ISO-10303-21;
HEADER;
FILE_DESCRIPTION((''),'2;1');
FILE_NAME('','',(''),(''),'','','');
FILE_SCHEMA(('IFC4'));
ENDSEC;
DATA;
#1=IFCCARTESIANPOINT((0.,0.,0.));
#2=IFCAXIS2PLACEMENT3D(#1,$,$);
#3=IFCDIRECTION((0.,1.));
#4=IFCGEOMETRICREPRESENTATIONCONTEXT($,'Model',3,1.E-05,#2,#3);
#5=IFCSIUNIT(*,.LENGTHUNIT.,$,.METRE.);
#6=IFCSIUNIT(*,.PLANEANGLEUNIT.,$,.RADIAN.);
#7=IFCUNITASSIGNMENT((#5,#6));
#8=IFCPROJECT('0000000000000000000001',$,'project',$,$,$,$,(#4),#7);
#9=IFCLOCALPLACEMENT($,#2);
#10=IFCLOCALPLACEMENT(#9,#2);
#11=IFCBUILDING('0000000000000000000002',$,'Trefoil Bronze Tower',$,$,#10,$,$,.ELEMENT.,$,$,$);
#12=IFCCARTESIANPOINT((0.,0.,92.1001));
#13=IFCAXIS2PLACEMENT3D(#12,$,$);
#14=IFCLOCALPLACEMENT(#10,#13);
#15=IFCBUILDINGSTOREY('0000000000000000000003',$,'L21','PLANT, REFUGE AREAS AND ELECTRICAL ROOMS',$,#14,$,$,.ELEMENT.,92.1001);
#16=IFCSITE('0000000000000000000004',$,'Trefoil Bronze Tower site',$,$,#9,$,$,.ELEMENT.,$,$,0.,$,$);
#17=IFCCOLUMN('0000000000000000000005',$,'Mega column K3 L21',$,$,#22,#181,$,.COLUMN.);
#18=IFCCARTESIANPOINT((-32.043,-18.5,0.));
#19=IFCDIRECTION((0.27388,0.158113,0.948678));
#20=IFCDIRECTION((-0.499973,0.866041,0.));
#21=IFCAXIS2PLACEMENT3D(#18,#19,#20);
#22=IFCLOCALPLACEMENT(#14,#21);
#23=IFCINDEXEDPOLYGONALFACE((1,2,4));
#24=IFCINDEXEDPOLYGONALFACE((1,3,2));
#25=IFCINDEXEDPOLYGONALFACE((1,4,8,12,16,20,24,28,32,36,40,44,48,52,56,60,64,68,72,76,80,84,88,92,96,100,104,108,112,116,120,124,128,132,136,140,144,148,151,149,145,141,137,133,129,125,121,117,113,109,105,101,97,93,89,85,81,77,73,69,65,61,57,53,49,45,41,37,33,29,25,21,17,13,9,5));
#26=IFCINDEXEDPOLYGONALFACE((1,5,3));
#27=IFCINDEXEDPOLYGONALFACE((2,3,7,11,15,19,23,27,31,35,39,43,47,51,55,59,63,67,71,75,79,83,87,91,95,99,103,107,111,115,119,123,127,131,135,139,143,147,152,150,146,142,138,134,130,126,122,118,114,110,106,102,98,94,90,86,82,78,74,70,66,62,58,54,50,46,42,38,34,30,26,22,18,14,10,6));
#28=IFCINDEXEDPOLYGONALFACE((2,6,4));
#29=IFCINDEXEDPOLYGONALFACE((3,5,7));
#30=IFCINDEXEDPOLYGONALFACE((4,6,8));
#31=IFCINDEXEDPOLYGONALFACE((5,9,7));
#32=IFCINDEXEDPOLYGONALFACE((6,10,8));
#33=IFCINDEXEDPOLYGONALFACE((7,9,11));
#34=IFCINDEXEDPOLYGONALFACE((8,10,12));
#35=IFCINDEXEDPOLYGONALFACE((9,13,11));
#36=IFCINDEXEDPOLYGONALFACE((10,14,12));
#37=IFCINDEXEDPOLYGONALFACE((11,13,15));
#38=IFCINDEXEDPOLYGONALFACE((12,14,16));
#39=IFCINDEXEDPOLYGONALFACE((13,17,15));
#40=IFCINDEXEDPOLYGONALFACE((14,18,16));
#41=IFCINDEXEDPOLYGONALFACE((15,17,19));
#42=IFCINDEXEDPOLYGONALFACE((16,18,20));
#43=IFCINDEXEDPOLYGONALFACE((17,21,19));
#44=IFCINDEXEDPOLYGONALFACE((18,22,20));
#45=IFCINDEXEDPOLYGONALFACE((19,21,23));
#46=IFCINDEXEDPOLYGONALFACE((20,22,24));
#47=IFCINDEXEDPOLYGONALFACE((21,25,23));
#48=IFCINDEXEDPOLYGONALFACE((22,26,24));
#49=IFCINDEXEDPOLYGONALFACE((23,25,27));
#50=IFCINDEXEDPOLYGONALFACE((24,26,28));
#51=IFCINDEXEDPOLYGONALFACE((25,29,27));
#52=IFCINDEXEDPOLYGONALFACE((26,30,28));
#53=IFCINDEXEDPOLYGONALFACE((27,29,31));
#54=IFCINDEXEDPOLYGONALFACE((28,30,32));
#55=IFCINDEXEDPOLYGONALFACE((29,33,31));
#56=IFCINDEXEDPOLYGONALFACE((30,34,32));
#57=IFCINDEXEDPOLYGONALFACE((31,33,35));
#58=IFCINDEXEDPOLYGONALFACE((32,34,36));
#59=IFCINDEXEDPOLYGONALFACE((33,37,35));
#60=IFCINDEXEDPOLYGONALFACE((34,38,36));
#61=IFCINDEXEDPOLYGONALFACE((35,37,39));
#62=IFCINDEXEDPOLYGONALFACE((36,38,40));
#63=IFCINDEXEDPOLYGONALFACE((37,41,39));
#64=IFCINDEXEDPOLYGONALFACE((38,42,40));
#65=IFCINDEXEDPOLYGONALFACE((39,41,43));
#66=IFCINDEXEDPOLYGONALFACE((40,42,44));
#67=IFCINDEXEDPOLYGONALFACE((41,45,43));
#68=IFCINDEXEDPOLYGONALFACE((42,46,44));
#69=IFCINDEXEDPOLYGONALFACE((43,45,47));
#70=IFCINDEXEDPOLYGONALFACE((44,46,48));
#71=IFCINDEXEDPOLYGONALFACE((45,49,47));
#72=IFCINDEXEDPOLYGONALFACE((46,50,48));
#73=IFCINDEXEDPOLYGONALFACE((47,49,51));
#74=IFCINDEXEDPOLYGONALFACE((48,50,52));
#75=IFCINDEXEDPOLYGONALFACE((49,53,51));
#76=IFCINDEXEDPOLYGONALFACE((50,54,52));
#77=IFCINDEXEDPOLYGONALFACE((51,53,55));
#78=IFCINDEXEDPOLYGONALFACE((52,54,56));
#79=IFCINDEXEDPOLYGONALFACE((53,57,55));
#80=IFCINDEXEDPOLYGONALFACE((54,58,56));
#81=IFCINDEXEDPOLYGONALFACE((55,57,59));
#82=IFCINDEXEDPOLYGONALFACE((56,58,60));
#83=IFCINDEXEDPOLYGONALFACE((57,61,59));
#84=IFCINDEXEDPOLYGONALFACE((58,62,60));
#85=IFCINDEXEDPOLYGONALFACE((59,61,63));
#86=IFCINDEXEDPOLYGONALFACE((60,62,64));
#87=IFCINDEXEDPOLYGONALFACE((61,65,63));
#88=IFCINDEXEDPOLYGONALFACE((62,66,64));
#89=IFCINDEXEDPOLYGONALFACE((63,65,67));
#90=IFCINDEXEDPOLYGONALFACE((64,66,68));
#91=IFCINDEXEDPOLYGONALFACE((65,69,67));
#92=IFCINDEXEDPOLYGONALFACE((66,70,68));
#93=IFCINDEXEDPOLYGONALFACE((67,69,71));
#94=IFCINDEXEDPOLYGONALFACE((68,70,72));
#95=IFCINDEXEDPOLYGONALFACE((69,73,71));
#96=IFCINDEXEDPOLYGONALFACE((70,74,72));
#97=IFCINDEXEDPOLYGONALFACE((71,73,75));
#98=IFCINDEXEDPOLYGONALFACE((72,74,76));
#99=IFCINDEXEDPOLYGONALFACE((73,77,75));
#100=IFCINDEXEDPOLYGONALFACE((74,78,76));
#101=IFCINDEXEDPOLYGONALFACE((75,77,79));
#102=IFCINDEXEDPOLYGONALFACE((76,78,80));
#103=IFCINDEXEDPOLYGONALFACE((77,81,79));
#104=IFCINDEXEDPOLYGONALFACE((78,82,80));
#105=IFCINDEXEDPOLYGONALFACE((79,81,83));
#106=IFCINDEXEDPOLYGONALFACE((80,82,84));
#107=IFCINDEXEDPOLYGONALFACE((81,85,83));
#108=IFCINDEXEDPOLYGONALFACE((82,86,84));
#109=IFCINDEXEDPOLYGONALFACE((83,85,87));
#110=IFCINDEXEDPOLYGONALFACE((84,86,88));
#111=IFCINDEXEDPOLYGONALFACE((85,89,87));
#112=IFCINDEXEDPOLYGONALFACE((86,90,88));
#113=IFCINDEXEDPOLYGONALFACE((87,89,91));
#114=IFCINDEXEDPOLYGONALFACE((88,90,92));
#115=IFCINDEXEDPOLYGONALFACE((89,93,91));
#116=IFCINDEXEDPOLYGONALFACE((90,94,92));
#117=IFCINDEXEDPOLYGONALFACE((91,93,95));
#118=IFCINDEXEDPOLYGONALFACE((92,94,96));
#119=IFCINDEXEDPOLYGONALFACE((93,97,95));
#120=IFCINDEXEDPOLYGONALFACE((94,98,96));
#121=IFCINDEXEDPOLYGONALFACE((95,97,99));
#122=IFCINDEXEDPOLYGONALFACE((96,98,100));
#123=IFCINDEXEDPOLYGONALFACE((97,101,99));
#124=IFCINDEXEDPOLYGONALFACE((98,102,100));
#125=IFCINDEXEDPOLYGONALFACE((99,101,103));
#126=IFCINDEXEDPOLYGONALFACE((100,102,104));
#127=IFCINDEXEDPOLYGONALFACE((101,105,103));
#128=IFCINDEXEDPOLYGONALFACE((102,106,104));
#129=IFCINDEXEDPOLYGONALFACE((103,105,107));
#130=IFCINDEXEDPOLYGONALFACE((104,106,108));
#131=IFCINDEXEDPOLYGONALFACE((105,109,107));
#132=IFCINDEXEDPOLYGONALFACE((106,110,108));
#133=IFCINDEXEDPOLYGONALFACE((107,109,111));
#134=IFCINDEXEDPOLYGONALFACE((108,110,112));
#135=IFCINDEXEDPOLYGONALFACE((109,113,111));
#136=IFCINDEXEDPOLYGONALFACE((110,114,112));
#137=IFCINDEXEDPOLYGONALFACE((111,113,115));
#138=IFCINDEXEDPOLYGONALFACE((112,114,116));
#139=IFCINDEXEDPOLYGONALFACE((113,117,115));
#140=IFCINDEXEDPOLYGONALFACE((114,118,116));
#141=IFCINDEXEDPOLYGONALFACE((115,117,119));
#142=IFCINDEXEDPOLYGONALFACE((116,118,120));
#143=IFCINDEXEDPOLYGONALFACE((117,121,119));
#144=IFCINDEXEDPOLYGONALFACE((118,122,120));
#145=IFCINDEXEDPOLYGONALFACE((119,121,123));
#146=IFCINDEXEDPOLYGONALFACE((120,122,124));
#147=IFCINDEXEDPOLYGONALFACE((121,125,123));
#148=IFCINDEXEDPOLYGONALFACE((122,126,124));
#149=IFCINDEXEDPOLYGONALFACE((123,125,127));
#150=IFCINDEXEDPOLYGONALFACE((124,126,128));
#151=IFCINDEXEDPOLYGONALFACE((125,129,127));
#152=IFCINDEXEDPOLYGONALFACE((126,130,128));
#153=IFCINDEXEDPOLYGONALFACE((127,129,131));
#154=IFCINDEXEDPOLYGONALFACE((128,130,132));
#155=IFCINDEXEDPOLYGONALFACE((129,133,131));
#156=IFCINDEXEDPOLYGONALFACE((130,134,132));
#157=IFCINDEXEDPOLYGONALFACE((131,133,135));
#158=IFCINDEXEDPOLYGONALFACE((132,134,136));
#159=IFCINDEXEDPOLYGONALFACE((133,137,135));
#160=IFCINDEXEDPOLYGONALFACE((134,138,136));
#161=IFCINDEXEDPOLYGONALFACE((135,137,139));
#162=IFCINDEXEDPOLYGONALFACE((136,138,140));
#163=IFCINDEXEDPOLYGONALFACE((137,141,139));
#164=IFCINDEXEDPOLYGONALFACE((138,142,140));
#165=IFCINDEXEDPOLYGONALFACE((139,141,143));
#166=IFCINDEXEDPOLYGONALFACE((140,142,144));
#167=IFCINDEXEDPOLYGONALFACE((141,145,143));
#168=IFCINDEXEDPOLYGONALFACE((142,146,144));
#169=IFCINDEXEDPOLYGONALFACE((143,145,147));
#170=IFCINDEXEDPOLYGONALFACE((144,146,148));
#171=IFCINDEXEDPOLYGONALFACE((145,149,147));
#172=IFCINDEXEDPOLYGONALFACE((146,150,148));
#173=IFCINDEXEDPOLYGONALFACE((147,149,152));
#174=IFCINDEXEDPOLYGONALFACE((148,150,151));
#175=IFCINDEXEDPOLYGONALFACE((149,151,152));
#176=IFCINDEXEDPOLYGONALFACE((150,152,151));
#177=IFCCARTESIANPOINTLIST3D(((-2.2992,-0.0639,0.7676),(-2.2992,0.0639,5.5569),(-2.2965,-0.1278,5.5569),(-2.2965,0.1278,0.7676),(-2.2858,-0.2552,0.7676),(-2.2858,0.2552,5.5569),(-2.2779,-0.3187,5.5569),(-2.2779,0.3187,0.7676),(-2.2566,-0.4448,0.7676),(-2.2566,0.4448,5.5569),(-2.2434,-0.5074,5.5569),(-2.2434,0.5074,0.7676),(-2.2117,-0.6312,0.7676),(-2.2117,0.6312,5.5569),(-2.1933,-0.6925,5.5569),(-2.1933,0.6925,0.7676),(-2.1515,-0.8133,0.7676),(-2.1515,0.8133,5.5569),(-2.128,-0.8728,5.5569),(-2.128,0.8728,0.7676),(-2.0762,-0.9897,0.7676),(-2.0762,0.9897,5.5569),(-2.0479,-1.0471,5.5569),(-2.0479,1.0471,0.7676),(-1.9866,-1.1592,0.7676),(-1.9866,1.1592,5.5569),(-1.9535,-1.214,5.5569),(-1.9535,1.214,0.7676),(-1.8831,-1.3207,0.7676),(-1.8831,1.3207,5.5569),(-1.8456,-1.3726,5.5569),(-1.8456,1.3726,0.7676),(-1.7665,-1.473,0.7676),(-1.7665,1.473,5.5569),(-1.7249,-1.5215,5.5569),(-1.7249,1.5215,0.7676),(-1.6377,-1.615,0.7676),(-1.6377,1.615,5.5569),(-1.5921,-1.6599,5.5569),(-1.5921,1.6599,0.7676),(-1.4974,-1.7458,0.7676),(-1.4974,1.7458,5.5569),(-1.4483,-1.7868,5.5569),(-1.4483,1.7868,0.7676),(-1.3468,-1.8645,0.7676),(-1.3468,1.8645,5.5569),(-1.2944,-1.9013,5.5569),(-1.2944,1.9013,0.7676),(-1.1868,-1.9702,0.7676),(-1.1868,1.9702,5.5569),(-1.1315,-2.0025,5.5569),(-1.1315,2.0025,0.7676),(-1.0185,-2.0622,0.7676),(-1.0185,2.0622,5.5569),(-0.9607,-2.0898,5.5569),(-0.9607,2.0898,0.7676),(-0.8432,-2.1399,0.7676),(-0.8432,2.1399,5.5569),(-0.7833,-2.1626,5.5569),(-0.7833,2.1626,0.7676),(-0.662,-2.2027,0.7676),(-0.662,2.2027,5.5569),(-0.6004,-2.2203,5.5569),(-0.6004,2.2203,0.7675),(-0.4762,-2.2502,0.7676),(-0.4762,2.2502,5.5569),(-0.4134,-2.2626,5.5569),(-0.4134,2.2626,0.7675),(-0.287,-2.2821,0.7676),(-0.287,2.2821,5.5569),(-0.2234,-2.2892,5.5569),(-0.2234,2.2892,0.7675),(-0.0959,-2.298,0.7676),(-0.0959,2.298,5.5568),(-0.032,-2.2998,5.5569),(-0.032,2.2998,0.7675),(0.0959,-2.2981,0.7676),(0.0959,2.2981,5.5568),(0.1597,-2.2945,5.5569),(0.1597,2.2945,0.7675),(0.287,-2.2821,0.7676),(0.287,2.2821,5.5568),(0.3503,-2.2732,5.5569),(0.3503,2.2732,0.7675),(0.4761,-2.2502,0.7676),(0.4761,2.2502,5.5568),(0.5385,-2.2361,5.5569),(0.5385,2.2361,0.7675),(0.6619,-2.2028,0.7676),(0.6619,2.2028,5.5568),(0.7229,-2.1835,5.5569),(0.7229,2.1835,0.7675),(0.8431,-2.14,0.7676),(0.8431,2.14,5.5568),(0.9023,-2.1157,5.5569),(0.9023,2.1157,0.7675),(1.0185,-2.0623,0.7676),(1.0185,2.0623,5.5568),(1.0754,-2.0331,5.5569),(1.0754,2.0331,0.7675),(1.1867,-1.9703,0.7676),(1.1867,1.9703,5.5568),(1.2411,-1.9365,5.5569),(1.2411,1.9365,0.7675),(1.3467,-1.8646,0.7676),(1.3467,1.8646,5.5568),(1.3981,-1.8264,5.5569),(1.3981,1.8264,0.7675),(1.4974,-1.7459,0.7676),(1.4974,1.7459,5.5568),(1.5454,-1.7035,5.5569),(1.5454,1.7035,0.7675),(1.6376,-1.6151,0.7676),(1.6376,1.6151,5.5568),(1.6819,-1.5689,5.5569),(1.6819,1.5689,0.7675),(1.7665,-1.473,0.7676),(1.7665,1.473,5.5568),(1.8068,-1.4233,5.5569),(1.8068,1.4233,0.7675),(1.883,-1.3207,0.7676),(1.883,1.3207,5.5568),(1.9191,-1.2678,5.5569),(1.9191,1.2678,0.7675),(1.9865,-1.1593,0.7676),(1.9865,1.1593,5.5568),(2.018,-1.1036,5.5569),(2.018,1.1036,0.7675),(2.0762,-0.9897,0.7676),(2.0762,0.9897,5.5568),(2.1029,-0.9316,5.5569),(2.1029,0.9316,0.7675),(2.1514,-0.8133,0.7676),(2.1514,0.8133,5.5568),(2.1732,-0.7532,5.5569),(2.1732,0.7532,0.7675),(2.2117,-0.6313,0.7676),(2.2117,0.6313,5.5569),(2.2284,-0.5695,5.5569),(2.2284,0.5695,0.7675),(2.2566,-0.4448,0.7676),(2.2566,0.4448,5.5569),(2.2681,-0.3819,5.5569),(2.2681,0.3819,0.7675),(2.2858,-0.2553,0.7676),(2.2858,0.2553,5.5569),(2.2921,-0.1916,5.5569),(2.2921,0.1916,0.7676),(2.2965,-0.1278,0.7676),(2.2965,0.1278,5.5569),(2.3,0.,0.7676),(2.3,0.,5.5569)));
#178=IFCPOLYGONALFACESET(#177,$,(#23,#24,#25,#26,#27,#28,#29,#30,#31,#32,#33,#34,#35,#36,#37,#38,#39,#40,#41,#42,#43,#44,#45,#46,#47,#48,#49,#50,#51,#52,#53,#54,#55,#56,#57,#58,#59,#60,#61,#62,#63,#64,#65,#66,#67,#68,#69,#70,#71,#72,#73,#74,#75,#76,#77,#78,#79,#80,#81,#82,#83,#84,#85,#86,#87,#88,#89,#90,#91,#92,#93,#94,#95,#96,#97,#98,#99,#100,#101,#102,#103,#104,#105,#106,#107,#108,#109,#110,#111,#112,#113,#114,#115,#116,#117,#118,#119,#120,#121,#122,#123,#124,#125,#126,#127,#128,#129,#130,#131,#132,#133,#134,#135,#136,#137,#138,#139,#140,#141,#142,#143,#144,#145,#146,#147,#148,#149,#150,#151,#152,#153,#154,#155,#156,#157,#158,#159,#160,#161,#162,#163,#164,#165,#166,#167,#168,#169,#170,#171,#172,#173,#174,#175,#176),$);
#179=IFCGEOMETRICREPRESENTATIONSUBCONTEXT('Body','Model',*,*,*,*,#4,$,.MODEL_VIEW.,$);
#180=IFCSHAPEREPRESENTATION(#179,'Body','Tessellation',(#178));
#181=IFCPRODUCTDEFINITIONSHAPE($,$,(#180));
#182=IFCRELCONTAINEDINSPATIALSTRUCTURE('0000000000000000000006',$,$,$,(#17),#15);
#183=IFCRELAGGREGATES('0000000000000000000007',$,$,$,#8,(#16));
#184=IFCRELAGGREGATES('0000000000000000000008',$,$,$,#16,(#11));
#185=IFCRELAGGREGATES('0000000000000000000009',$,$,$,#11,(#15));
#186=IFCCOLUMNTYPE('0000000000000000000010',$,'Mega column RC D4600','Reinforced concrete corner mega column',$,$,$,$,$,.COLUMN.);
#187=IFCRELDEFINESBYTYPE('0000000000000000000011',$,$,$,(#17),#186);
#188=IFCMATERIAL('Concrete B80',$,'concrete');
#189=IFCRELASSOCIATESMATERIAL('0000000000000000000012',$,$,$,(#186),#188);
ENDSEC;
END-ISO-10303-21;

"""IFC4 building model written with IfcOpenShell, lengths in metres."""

from ifc_helpers import new_model, si_unit, direction, frame, origin, origin_2d, place, context, subcontext, project, spatial, circle, extrude, clip, halfspace, material, material_profile, profile_set, type_object, element, save


model = new_model("IFC4")

# Units and contexts
model_context = context("Model", 3, precision=1e-05, world=origin(), true_north=direction((0.0, 1.0)))
body_context = subcontext(model_context, "Body", "Model", "MODEL_VIEW")
ifc_project = project(units=[si_unit("LENGTHUNIT", "METRE"), si_unit("PLANEANGLEUNIT", "RADIAN")], contexts=[model_context])

# Site, building, storey
site_placement = place(None, origin())
site = spatial("IfcSite", under=ifc_project, at=site_placement, Name="Trefoil Bronze Tower site", CompositionType="ELEMENT", RefElevation=0.0)
building_placement = place(site_placement, origin())
building = spatial("IfcBuilding", under=site, at=building_placement, Name="Trefoil Bronze Tower", CompositionType="ELEMENT")
storey_placement = place(building_placement, frame((0.0, 0.0, 92.1001)))
storey = spatial("IfcBuildingStorey", under=building, at=storey_placement, Name="L21", Description="PLANT, REFUGE AREAS AND ELECTRICAL ROOMS", CompositionType="ELEMENT", Elevation=92.1001)

# Column
ifc_material_1 = material(Name="Concrete B80", Category="concrete")
ifc_material_profile_1 = material_profile(ifc_material_1, circle(Radius=2.3, at=origin_2d()), Name="RC D4600")
ifc_profile_set_1 = profile_set([ifc_material_profile_1], Name="Concrete B80")
column_type = type_object("IfcColumnType", Name="Mega column RC D4600", Description="Reinforced concrete corner mega column", PredefinedType="COLUMN", material=ifc_profile_set_1)
column_placement = place(storey_placement, frame((-32.043, -18.5, 0.0), z_axis=(0.27388, 0.158113, 0.948678), x_axis=(-0.499973, 0.866041, 0.0)))
element("IfcColumn", 1, at=column_placement, inside=storey, type_object=column_type, Name="Mega column K3 L21", PredefinedType="COLUMN", context=body_context, shape_type="Clipping", body=[
    clip(clip(extrude(circle(Radius=2.3, at=origin_2d()), origin(), (0.0, 0.0, 1.0), 6.3247), halfspace(frame((0.0, 0.0, 0.7676), z_axis=(0.00001, 0.000016, 1.0), x_axis=(0.0, 1.0, -0.000016)), True)), halfspace(frame((0.0, 0.0, 5.5569), z_axis=(-0.00001, -0.000016, -1.0), x_axis=(0.0, -1.0, 0.000016)), True)),
])

save(model, "model.ifc")
